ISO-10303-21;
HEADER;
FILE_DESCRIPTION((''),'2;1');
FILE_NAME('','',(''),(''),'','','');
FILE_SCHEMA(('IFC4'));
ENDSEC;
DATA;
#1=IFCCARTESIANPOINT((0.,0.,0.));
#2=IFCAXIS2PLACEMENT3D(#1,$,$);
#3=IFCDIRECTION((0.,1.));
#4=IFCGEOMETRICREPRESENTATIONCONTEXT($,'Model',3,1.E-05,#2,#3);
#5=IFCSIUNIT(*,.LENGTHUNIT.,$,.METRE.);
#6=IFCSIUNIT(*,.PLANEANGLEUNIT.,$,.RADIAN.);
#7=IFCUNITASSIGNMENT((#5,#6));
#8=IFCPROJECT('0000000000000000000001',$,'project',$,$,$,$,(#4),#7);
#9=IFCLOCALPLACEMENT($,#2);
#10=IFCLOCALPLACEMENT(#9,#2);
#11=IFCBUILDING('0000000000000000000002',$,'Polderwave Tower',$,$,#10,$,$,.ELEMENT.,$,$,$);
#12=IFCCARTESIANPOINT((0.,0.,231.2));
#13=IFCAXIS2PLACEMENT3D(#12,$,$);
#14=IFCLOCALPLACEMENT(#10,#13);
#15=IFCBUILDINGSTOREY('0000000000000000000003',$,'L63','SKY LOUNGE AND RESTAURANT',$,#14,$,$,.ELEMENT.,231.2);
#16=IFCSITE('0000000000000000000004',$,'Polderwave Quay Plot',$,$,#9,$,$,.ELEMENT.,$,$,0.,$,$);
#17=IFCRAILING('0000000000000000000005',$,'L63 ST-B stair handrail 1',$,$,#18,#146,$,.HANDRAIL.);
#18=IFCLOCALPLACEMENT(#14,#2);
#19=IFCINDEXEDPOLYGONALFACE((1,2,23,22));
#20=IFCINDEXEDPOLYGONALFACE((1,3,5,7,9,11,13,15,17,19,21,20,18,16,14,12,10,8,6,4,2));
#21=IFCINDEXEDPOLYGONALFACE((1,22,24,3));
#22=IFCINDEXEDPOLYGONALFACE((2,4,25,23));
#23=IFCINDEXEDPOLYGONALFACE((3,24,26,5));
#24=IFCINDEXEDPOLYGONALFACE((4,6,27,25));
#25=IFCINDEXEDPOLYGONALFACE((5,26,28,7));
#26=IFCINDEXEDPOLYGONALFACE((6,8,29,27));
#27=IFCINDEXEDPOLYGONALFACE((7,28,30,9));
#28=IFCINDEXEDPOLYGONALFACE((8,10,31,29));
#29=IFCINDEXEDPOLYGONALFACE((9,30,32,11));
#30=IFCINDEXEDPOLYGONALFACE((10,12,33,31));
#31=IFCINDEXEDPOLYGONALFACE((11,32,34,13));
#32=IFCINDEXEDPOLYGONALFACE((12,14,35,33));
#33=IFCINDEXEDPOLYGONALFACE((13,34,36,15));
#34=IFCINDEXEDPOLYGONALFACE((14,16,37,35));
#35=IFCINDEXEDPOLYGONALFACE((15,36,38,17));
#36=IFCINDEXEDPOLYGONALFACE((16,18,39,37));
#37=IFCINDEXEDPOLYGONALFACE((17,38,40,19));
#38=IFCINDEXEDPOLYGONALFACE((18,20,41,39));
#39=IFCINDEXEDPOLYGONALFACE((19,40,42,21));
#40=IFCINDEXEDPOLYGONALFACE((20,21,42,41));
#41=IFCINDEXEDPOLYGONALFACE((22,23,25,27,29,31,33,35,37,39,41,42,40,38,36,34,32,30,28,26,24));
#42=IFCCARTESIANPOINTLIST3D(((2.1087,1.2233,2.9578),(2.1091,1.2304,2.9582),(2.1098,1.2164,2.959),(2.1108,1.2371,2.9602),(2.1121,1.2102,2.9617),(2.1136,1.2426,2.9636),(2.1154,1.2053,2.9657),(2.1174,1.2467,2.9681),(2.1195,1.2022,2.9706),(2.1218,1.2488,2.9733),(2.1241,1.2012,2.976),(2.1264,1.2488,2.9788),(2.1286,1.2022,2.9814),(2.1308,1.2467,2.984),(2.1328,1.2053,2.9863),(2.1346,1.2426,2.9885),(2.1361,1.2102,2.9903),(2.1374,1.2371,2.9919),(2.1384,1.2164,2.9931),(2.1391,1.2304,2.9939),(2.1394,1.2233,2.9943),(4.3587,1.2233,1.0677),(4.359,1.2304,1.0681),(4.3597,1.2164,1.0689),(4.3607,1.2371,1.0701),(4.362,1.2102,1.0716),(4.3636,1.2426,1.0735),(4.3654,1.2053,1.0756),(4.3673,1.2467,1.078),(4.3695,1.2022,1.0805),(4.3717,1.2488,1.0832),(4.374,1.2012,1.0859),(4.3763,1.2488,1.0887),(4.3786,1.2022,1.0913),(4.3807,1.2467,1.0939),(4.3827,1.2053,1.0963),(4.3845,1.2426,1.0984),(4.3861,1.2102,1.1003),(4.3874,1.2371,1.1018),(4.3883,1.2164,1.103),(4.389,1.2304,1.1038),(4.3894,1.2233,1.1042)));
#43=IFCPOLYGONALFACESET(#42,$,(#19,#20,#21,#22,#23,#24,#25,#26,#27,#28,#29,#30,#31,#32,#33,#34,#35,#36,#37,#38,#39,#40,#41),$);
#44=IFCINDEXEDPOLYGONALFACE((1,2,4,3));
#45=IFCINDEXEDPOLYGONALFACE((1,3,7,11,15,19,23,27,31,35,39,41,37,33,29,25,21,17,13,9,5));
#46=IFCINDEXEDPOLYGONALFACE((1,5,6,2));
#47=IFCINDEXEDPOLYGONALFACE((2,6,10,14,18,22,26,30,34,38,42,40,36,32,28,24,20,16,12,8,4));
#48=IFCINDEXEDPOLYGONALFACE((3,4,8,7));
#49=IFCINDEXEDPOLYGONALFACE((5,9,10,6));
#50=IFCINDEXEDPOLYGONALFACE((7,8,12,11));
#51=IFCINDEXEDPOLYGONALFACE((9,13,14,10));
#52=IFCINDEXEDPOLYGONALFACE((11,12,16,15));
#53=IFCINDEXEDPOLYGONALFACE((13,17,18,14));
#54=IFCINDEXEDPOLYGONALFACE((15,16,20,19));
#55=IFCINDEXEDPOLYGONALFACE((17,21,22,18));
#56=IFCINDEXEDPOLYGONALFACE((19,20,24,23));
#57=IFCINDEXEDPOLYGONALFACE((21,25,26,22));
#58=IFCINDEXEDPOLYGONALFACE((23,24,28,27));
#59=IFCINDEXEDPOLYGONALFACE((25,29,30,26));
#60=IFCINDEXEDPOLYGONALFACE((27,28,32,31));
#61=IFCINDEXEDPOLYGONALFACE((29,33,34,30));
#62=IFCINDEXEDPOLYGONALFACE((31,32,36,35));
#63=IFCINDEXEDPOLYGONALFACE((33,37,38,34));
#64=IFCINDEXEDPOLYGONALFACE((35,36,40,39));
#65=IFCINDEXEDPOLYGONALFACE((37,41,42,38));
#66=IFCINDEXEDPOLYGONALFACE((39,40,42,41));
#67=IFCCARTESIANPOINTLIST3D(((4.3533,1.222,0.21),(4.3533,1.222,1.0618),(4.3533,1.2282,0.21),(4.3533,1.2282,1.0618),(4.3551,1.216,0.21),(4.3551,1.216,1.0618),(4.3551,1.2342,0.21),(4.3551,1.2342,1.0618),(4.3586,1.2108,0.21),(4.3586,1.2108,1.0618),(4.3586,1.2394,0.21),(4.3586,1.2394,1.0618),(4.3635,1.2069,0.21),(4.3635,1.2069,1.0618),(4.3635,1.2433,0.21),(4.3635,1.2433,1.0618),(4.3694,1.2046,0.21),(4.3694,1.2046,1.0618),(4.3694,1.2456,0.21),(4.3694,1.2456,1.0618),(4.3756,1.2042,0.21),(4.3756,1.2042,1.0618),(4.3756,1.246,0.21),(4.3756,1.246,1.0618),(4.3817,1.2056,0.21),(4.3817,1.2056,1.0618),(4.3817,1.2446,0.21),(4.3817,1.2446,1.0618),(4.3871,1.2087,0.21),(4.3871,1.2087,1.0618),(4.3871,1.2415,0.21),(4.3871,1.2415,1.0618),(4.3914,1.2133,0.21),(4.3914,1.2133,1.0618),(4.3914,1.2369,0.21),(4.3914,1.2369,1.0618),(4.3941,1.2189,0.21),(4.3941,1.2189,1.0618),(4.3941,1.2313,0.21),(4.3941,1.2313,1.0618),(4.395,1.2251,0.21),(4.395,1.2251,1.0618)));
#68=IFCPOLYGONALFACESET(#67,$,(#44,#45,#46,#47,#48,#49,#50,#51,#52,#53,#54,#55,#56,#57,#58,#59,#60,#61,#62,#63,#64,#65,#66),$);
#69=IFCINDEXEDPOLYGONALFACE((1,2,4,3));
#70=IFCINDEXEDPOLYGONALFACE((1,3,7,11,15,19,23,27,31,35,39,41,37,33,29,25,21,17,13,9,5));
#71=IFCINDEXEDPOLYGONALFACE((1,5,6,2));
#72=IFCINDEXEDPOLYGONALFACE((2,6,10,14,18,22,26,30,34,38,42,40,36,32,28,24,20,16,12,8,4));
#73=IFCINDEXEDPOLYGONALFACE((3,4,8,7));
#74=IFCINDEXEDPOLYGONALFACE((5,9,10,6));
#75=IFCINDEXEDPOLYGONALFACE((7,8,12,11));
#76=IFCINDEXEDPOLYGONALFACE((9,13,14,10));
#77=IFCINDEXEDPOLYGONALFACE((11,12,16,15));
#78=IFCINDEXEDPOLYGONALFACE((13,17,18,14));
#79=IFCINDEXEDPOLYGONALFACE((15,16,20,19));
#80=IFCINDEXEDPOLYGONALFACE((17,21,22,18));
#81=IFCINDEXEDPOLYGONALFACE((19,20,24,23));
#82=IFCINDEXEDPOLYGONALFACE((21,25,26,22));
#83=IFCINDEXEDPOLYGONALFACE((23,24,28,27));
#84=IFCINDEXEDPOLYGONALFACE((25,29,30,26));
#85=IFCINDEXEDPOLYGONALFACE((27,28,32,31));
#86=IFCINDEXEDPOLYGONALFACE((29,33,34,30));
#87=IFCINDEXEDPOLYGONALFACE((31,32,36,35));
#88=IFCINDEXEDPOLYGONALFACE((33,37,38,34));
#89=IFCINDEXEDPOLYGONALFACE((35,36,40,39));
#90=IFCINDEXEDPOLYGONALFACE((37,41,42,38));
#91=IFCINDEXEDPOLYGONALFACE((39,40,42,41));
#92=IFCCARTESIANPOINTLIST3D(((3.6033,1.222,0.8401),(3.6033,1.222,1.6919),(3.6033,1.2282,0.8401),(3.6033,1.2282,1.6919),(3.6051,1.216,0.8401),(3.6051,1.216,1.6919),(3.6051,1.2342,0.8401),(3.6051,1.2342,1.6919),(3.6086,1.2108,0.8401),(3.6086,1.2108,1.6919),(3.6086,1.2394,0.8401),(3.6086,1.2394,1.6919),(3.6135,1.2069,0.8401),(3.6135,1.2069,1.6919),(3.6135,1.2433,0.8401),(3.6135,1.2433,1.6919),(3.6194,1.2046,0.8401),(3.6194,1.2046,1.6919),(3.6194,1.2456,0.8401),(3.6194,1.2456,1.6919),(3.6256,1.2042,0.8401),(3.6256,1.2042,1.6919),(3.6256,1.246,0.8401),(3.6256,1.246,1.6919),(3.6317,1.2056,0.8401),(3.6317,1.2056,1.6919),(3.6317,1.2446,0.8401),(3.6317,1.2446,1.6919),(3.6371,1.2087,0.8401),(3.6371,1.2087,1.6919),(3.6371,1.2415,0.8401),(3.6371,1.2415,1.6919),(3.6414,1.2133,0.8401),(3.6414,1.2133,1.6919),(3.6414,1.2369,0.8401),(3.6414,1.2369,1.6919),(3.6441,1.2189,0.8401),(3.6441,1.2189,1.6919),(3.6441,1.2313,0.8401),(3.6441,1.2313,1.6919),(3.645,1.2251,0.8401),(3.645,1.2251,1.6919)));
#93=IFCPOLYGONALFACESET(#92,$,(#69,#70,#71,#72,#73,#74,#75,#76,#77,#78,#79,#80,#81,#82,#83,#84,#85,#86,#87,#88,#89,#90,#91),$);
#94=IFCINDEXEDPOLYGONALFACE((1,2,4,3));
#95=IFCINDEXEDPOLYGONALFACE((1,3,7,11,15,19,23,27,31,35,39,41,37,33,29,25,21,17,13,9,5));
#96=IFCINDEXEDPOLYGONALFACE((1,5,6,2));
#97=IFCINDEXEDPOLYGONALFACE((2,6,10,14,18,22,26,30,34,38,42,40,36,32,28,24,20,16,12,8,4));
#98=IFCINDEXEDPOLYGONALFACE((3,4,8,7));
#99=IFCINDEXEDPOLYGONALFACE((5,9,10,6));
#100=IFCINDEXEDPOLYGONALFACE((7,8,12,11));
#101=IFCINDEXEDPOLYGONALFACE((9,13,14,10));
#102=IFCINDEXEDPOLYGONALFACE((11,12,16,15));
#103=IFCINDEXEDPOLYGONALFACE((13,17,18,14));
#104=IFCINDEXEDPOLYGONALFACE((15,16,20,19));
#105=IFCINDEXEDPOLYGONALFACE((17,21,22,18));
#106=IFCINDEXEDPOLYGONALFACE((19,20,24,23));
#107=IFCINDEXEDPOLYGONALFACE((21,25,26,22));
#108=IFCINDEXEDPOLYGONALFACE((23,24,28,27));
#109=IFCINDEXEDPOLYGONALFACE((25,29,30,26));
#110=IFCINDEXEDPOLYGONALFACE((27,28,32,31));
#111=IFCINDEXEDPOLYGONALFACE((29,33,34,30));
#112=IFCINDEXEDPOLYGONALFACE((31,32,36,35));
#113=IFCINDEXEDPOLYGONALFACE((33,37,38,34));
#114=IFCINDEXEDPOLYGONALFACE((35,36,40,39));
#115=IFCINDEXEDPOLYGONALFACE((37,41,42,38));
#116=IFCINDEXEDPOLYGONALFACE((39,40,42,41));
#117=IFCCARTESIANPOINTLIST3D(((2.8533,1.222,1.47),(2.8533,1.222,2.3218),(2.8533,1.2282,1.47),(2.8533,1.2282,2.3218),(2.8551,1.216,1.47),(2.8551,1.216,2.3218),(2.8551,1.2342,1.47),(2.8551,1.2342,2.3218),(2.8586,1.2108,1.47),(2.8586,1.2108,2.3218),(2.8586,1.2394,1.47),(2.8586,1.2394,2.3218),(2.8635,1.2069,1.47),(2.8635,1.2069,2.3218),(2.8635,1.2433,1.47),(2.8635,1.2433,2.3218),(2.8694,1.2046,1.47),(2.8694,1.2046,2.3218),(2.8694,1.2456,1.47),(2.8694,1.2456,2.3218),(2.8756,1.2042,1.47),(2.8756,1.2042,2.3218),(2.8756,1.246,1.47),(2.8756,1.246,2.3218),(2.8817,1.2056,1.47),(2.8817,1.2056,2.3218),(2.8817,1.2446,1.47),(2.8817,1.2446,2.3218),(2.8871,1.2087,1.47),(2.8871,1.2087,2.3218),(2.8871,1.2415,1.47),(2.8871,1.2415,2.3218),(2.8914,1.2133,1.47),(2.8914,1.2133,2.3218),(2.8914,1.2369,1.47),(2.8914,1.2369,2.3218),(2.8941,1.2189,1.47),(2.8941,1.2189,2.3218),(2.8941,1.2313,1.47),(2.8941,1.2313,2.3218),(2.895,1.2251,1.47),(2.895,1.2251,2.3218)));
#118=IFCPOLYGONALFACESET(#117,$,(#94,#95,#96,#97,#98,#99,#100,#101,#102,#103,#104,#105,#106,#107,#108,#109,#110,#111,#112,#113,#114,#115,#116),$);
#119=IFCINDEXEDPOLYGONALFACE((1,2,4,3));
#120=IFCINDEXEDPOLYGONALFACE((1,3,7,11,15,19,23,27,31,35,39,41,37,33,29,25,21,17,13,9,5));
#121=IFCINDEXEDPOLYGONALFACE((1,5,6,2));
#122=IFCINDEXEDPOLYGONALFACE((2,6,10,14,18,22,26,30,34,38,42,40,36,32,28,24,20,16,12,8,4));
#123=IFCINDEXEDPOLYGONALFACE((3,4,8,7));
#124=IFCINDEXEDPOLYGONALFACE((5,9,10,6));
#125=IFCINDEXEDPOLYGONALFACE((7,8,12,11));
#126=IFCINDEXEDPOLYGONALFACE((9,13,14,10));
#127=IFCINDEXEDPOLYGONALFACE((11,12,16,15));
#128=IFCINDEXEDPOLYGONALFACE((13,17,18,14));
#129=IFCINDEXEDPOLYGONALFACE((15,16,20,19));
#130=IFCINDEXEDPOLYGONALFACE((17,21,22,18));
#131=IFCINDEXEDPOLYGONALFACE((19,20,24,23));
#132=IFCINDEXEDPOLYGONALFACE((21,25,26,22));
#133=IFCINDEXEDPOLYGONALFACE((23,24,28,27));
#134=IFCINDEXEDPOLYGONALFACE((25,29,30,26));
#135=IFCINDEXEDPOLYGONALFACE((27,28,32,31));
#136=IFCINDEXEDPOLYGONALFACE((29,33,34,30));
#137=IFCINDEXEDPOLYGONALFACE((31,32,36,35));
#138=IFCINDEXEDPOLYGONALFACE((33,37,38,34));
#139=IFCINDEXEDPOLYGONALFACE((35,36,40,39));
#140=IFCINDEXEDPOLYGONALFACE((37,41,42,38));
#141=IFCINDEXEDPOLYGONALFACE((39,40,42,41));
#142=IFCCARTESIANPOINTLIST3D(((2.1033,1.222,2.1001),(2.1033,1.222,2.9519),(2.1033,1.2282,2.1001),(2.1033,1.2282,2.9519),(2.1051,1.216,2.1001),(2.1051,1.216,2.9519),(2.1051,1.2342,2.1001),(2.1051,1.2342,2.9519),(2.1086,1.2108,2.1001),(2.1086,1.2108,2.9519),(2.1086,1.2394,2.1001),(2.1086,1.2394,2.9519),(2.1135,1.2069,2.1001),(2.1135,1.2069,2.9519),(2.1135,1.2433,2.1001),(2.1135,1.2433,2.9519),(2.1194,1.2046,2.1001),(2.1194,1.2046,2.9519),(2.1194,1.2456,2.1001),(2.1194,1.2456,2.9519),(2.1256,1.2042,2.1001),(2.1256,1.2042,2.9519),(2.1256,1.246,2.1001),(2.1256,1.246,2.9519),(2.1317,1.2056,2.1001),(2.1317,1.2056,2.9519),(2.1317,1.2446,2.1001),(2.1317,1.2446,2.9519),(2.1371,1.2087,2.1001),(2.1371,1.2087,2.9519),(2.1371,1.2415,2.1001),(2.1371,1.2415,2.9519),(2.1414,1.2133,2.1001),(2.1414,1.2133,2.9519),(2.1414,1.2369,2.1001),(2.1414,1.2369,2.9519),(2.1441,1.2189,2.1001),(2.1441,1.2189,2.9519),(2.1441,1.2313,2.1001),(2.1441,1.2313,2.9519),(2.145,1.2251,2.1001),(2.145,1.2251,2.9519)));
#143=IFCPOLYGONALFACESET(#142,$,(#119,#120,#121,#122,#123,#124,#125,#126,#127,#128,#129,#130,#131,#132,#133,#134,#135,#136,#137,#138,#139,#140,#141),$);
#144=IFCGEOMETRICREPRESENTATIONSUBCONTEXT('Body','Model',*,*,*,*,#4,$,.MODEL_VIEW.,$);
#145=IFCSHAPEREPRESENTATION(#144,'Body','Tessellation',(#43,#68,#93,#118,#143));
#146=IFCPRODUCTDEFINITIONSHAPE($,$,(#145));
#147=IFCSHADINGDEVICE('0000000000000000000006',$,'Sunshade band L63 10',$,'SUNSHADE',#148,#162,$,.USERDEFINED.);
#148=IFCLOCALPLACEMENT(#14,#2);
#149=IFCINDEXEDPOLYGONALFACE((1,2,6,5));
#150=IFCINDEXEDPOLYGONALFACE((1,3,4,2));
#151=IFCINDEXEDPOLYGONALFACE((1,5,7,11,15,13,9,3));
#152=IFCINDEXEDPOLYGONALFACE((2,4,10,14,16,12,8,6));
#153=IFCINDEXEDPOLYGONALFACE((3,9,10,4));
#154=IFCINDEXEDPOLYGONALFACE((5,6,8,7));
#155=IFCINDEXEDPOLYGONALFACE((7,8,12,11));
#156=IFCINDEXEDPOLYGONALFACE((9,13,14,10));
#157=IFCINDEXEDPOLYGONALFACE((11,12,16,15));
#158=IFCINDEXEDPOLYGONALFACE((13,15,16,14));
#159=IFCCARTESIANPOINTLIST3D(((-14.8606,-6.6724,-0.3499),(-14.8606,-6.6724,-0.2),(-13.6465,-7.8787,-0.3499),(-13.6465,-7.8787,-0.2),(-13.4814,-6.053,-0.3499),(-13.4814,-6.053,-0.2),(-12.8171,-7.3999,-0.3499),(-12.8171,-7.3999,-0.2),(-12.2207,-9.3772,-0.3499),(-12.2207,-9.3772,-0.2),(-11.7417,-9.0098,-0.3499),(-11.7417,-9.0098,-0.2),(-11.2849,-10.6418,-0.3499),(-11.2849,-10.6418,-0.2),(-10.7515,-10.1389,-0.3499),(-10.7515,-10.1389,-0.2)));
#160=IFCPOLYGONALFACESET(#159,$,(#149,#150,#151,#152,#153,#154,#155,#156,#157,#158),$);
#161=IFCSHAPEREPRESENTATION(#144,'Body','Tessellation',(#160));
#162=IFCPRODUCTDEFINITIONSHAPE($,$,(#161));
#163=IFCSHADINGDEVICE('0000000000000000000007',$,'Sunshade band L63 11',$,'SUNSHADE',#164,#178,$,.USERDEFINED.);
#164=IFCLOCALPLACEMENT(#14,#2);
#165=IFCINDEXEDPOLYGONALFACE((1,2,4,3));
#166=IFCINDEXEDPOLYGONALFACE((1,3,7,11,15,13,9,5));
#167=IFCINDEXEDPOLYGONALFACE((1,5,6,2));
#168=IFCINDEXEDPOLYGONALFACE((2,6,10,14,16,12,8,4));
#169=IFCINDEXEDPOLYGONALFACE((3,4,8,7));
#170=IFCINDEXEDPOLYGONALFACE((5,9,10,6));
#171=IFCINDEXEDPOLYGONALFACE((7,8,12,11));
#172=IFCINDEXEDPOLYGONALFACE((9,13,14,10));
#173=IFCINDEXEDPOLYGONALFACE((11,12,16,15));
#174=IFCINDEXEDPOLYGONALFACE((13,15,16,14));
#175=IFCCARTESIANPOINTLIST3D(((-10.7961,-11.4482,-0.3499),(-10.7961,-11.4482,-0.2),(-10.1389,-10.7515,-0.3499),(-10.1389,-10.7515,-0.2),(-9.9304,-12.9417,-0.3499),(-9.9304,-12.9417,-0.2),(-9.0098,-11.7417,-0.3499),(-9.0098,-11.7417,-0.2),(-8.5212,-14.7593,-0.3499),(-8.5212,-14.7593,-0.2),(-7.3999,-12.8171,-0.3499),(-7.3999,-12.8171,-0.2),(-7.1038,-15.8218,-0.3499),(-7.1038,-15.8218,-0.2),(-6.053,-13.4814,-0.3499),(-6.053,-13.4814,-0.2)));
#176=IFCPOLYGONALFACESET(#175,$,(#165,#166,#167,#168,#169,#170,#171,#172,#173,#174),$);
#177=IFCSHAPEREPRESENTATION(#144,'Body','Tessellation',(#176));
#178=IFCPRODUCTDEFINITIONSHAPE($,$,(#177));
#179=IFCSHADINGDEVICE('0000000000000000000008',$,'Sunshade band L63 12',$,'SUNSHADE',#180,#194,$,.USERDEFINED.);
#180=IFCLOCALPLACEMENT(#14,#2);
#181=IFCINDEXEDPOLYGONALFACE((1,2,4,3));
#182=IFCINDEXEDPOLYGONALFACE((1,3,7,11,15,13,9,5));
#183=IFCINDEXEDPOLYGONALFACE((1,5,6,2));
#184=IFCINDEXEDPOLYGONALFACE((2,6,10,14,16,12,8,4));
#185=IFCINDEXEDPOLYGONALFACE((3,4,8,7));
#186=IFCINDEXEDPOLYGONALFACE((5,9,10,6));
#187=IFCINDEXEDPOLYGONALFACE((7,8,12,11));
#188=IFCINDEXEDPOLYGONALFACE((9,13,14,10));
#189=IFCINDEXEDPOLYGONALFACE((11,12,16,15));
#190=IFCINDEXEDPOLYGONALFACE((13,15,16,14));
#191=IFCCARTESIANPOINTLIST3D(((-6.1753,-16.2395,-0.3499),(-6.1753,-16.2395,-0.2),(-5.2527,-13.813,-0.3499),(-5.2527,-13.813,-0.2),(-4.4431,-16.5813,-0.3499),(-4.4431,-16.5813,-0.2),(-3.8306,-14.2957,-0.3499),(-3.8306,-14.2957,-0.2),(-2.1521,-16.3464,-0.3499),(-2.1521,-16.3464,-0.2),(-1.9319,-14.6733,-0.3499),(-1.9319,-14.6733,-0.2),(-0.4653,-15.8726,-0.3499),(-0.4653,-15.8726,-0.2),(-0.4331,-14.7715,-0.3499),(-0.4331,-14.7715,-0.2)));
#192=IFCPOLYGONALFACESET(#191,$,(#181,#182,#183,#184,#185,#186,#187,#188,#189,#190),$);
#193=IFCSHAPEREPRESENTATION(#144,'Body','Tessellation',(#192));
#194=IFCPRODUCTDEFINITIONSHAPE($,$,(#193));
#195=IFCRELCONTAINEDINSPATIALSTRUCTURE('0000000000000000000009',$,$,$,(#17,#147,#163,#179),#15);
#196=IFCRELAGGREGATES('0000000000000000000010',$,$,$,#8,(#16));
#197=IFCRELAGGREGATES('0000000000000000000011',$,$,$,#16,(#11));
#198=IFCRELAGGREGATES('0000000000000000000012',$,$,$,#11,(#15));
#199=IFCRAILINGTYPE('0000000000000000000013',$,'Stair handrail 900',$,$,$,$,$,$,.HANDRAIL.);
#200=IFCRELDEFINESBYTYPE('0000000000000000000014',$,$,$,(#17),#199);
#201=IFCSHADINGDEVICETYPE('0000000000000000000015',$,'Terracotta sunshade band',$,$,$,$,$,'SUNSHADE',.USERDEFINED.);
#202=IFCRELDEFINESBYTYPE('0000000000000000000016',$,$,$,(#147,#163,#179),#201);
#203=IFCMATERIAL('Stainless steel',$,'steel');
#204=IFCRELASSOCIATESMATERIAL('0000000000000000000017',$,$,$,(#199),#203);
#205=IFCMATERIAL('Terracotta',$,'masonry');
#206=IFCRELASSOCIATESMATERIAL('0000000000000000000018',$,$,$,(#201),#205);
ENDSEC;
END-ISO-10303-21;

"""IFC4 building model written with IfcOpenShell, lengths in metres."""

from ifc_helpers import new_model, si_unit, direction, frame, origin, origin_2d, place, context, subcontext, project, spatial, polyline, circle, outline, extrude, material, type_object, element, save


model = new_model("IFC4")

# Units and contexts
model_context = context("Model", 3, precision=1e-05, world=origin(), true_north=direction((0.0, 1.0)))
body_context = subcontext(model_context, "Body", "Model", "MODEL_VIEW")
ifc_project = project(units=[si_unit("LENGTHUNIT", "METRE"), si_unit("PLANEANGLEUNIT", "RADIAN")], contexts=[model_context])

# Site, building, storey
site_placement = place(None, origin())
site = spatial("IfcSite", under=ifc_project, at=site_placement, Name="Polderwave Quay Plot", CompositionType="ELEMENT", RefElevation=0.0)
building_placement = place(site_placement, origin())
building = spatial("IfcBuilding", under=site, at=building_placement, Name="Polderwave Tower", CompositionType="ELEMENT")
storey_placement = place(building_placement, frame((0.0, 0.0, 231.2)))
storey = spatial("IfcBuildingStorey", under=building, at=storey_placement, Name="L63", Description="SKY LOUNGE AND RESTAURANT", CompositionType="ELEMENT", Elevation=231.2)

# Railing
ifc_material_1 = material(Name="Stainless steel", Category="steel")
railing_type_1 = type_object("IfcRailingType", Name="Stair handrail 900", PredefinedType="HANDRAIL", material=ifc_material_1)
railing_1_placement = place(storey_placement, frame((4.374, 1.2251, 0.21)))
element("IfcRailing", 1, at=railing_1_placement, inside=storey, type_object=railing_type_1, Name="L63 ST-B stair handrail 1", PredefinedType="HANDRAIL", context=body_context, shape_type="SweptSolid", body=[
    extrude(circle(Radius=0.0239, at=origin_2d()), frame((0.0, 0.0, 0.876), z_axis=(-0.765682, 0.0, 0.643219), x_axis=(0.0, -1.0, 0.0)), (0.0, 0.0, 1.0), 2.9385),
    extrude(circle(Radius=0.021, at=origin_2d()), origin(), (0.0, 0.0, 1.0), 0.8518),
    extrude(circle(Radius=0.021, at=origin_2d()), frame((-0.75, 0.0, 0.6301)), (0.0, 0.0, 1.0), 0.8518),
    extrude(circle(Radius=0.021, at=origin_2d()), frame((-1.5, 0.0, 1.26)), (0.0, 0.0, 1.0), 0.8518),
    extrude(circle(Radius=0.021, at=origin_2d()), frame((-2.25, 0.0, 1.8901)), (0.0, 0.0, 1.0), 0.8518),
])

# Shading devices
ifc_material_2 = material(Name="Terracotta", Category="masonry")
shading_device_type = type_object("IfcShadingDeviceType", Name="Terracotta sunshade band", ElementType="SUNSHADE", PredefinedType="USERDEFINED", material=ifc_material_2)
shading_device_1_placement = place(storey_placement, frame((0.0, 0.0, -0.3499)))
element("IfcShadingDevice", 2, at=shading_device_1_placement, inside=storey, type_object=shading_device_type, Name="Sunshade band L63 10", ObjectType="SUNSHADE", PredefinedType="USERDEFINED", context=body_context, shape_type="SweptSolid", body=[
    extrude(outline(polyline([(-13.4814, -6.053), (-12.8171, -7.3999), (-11.7417, -9.0098), (-10.7515, -10.1389), (-11.2849, -10.6418), (-12.2207, -9.3772), (-13.6465, -7.8787), (-14.8606, -6.6724), (-13.4814, -6.053)])), origin(), (0.0, 0.0, 1.0), 0.1499),
])
shading_device_2_placement = place(storey_placement, frame((0.0, 0.0, -0.3499)))
element("IfcShadingDevice", 3, at=shading_device_2_placement, inside=storey, type_object=shading_device_type, Name="Sunshade band L63 11", ObjectType="SUNSHADE", PredefinedType="USERDEFINED", context=body_context, shape_type="SweptSolid", body=[
    extrude(outline(polyline([(-10.1389, -10.7515), (-9.0098, -11.7417), (-7.3999, -12.8171), (-6.053, -13.4814), (-7.1038, -15.8218), (-8.5212, -14.7593), (-9.9304, -12.9417), (-10.7961, -11.4482), (-10.1389, -10.7515)])), origin(), (0.0, 0.0, 1.0), 0.1499),
])
shading_device_3_placement = place(storey_placement, frame((0.0, 0.0, -0.3499)))
element("IfcShadingDevice", 4, at=shading_device_3_placement, inside=storey, type_object=shading_device_type, Name="Sunshade band L63 12", ObjectType="SUNSHADE", PredefinedType="USERDEFINED", context=body_context, shape_type="SweptSolid", body=[
    extrude(outline(polyline([(-5.2527, -13.813), (-3.8306, -14.2957), (-1.9319, -14.6733), (-0.4331, -14.7715), (-0.4653, -15.8726), (-2.1521, -16.3464), (-4.4431, -16.5813), (-6.1753, -16.2395), (-5.2527, -13.813)])), origin(), (0.0, 0.0, 1.0), 0.1499),
])

save(model, "model.ifc")
